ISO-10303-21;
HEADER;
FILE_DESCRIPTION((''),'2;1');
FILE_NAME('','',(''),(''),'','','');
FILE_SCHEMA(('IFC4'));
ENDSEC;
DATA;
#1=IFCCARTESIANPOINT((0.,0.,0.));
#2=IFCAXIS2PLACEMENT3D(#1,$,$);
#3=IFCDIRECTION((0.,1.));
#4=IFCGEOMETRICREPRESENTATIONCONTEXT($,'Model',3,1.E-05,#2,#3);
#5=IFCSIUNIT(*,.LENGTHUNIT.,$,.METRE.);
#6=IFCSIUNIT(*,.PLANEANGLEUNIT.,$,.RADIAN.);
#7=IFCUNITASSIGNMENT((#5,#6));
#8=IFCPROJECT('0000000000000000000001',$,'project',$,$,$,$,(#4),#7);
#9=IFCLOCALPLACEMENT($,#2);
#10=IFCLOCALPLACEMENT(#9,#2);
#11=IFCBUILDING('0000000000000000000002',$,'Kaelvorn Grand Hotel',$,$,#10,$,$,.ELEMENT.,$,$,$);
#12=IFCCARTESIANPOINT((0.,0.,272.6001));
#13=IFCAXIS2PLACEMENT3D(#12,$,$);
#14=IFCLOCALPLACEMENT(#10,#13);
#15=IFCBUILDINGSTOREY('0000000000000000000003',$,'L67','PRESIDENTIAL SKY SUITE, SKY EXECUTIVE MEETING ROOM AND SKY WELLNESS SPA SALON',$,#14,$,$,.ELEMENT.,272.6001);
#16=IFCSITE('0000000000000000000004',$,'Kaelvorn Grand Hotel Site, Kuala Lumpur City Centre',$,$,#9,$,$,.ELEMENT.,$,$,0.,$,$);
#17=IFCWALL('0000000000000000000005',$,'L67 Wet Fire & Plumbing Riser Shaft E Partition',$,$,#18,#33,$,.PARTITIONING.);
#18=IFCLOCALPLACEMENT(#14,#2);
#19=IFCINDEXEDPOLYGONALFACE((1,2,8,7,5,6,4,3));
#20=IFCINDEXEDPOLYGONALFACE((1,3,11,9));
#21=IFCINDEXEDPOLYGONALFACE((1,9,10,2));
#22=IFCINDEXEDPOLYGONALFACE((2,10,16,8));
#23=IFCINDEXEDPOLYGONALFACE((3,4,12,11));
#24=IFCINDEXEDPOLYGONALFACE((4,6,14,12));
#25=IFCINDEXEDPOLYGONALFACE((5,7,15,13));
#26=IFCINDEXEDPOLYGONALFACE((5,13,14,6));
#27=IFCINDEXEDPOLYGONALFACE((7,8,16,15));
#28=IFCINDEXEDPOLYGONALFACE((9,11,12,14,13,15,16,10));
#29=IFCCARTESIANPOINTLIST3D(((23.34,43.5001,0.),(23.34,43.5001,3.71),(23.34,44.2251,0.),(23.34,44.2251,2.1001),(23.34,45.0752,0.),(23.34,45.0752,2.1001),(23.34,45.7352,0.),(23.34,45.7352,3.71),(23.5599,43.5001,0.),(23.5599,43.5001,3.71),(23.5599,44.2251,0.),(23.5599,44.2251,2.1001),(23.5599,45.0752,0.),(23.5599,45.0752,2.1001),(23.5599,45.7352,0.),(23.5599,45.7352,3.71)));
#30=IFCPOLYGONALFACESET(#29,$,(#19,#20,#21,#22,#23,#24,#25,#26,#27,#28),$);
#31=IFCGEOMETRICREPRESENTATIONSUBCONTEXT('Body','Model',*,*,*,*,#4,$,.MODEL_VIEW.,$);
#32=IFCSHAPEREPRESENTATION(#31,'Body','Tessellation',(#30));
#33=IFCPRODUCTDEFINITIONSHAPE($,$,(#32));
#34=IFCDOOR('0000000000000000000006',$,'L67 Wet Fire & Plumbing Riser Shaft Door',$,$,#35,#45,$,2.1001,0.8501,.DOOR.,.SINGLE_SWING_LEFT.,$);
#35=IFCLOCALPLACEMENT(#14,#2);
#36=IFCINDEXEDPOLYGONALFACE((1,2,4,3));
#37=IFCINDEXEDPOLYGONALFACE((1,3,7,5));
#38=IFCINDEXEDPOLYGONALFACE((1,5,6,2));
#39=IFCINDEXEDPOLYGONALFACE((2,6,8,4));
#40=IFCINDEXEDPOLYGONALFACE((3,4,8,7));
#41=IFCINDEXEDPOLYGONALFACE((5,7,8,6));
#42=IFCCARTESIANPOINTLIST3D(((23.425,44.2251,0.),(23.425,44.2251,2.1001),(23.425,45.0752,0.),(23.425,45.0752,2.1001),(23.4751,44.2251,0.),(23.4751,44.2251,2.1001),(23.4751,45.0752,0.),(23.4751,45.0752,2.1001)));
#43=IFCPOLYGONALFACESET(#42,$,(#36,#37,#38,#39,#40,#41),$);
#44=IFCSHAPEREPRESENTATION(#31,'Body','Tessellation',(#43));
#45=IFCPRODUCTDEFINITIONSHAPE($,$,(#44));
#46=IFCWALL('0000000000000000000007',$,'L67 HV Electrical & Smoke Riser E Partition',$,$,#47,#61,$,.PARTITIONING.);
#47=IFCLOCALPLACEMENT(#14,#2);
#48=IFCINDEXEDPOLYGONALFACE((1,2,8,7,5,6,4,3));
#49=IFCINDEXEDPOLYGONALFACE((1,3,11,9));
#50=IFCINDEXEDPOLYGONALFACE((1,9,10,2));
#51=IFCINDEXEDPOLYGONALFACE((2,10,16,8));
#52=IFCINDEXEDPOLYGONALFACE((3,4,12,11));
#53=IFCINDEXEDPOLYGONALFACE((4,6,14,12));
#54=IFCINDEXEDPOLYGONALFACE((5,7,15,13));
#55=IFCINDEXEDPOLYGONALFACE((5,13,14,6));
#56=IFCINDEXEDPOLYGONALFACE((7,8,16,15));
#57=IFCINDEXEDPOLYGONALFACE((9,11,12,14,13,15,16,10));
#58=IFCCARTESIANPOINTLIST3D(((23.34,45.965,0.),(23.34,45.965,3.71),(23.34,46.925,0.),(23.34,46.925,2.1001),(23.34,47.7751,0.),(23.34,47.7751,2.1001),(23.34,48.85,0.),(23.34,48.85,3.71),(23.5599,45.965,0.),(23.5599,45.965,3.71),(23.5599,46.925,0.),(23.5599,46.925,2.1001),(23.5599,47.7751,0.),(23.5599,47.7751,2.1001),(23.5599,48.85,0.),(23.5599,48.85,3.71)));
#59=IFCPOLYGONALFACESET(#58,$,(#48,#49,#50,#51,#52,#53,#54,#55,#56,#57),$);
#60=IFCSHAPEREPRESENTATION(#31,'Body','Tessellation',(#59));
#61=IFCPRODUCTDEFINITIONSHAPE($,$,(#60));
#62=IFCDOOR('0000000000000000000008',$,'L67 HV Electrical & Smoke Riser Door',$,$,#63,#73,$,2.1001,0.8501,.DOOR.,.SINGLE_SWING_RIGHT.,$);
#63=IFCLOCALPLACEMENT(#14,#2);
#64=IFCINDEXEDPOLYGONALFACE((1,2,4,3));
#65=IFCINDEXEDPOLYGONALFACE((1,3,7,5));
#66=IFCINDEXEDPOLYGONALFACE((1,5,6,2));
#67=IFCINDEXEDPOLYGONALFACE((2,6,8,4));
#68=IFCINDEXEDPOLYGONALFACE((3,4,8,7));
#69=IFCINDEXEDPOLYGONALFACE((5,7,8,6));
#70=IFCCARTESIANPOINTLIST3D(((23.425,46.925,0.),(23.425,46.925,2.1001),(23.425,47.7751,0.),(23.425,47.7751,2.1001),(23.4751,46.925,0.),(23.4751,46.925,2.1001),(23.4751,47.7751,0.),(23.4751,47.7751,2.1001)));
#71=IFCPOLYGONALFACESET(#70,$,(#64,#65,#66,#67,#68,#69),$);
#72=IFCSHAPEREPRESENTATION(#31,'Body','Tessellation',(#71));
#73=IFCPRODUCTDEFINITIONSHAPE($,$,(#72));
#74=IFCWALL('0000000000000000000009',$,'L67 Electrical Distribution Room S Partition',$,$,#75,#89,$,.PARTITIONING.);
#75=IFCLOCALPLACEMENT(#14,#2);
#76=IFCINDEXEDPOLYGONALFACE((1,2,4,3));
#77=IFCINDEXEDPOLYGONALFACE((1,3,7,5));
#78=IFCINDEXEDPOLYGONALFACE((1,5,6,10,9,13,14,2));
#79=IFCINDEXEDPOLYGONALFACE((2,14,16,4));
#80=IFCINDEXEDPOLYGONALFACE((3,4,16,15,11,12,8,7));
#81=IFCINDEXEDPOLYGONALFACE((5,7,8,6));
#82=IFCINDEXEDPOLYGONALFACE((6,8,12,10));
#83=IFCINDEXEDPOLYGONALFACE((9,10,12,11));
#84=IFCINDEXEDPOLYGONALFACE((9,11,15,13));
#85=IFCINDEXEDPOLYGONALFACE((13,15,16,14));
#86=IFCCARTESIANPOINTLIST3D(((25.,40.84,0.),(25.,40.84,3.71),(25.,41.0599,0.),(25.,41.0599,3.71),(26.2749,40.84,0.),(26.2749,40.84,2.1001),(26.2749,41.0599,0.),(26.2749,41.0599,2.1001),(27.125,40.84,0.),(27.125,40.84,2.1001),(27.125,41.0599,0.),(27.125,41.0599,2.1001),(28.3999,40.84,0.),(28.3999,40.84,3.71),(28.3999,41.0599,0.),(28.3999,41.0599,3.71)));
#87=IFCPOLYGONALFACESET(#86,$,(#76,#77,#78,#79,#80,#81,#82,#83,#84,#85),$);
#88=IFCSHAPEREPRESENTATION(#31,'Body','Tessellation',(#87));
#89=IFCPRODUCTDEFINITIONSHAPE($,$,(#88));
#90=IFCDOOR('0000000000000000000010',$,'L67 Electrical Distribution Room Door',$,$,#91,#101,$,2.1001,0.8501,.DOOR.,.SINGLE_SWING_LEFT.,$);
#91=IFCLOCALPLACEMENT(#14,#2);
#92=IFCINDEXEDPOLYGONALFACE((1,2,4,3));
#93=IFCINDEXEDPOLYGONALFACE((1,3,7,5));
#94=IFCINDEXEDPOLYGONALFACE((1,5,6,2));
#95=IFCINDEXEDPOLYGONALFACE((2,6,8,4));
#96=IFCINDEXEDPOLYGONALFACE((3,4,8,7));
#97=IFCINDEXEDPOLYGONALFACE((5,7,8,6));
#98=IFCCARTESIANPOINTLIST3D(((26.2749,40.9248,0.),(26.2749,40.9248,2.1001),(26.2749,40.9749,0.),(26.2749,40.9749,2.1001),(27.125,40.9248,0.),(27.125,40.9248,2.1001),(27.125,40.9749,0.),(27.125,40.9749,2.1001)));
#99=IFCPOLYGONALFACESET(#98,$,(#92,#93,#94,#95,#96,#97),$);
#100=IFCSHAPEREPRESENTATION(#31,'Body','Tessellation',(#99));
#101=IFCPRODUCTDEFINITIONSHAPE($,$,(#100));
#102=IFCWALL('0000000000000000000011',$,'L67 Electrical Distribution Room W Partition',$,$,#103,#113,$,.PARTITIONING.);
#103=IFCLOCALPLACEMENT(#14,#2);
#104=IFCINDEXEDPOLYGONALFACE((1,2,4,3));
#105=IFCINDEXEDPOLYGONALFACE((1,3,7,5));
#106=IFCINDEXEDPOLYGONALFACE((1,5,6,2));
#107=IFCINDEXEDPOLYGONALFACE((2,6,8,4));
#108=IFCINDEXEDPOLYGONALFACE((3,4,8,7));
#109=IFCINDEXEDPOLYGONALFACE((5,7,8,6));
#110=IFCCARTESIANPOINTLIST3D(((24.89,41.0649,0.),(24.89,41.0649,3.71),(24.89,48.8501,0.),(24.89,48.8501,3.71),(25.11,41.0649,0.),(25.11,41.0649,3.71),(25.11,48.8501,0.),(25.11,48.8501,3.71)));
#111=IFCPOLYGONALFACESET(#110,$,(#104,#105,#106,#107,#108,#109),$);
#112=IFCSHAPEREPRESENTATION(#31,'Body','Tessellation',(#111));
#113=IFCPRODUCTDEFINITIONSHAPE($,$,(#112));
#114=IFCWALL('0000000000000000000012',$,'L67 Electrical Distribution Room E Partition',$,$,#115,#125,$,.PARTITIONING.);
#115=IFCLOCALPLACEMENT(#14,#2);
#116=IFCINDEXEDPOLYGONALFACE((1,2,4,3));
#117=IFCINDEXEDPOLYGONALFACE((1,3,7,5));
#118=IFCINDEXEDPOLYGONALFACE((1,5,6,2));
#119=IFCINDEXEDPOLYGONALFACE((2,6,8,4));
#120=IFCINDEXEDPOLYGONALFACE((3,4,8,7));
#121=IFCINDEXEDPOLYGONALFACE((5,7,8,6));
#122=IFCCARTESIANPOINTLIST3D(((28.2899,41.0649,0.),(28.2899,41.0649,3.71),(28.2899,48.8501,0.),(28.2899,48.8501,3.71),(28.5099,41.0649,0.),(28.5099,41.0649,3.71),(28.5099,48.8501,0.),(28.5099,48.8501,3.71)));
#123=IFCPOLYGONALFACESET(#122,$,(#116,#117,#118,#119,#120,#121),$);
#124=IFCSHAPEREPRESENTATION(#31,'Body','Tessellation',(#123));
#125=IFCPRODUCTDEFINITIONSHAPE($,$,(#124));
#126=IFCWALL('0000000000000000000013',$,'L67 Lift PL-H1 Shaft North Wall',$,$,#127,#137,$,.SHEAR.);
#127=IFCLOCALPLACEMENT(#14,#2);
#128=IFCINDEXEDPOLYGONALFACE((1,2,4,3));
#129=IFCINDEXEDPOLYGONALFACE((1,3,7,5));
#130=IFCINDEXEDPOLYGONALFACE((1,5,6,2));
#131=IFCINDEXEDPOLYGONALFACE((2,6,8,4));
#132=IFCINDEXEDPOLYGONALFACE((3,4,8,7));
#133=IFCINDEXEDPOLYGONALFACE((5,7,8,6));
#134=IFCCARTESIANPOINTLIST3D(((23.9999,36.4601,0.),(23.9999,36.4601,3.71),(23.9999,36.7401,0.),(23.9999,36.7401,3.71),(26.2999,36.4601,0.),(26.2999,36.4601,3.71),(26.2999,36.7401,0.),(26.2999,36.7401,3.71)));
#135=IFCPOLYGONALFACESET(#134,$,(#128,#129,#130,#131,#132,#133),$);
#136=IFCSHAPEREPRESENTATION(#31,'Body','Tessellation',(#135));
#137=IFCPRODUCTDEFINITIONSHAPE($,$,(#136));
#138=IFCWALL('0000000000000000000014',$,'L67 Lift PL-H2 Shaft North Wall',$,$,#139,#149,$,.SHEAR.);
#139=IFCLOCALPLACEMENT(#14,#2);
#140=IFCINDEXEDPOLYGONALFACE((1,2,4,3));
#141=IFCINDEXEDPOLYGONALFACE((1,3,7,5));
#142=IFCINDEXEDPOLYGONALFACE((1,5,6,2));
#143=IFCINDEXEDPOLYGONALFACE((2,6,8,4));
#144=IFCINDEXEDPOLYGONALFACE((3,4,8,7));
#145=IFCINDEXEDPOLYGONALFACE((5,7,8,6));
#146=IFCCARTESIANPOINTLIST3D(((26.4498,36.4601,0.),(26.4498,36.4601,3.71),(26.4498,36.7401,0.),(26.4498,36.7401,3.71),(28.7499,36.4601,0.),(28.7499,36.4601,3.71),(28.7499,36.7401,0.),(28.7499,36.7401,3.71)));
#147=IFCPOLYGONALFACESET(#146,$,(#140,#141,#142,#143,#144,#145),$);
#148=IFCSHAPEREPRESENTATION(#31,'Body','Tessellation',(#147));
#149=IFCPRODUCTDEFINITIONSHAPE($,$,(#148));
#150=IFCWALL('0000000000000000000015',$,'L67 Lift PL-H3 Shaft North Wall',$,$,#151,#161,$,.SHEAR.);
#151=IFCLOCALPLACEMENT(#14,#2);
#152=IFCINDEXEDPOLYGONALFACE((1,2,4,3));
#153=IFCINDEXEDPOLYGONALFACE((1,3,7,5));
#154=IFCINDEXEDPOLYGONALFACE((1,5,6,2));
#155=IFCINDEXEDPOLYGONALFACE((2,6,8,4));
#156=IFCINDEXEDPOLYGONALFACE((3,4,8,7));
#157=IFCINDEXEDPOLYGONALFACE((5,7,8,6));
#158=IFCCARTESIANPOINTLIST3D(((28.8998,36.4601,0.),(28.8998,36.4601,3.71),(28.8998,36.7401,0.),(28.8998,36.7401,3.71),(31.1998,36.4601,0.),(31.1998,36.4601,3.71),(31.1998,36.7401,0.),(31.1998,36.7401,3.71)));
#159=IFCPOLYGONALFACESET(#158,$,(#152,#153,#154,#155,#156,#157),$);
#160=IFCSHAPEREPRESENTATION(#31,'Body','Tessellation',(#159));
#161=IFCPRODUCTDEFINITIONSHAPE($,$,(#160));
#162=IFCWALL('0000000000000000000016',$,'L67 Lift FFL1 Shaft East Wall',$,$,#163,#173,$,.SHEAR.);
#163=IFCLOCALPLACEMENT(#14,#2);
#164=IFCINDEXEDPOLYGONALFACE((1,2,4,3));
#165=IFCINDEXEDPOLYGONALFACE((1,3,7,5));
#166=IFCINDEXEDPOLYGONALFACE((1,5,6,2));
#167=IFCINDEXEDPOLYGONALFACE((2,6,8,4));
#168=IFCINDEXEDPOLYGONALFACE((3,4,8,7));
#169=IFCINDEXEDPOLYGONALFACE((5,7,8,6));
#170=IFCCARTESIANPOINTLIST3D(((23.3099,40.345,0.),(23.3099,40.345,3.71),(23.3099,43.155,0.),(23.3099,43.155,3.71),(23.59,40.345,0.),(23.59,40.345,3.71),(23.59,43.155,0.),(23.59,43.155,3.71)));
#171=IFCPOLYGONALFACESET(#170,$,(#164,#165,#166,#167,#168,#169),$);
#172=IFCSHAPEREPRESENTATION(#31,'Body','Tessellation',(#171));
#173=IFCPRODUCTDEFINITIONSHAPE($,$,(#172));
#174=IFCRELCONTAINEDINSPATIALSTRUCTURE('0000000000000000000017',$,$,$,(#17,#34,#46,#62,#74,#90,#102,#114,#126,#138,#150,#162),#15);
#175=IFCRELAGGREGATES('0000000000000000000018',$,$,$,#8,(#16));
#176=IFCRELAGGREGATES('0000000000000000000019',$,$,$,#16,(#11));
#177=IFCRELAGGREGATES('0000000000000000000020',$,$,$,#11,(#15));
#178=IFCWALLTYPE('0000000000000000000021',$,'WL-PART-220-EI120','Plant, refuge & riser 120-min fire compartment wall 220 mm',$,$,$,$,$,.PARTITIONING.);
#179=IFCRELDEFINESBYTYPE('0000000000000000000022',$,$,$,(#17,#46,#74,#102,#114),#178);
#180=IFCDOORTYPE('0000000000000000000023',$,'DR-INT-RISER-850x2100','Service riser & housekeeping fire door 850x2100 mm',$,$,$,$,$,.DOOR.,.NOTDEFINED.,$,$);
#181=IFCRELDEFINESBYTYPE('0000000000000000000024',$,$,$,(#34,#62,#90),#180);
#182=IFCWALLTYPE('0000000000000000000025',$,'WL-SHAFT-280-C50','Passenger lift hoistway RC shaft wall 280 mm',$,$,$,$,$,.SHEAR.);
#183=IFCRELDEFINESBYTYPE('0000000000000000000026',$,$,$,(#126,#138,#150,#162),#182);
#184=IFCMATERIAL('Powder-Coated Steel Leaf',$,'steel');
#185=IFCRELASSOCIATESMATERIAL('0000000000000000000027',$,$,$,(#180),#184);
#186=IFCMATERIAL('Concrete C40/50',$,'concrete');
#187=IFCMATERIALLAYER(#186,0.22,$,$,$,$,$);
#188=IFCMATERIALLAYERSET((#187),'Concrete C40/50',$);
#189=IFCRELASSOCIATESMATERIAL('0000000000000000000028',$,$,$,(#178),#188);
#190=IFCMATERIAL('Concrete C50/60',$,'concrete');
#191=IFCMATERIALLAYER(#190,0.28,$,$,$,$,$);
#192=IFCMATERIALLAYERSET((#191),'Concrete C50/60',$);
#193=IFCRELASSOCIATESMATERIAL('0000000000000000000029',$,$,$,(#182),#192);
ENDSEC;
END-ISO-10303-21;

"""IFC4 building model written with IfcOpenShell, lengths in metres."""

from ifc_helpers import new_model, si_unit, direction, frame, frame_2d, origin, place, context, subcontext, project, spatial, rectangle, extrude, material, layer, layer_set, type_object, element, fill, save


model = new_model("IFC4")

# Units and contexts
model_context = context("Model", 3, precision=1e-05, world=origin(), true_north=direction((0.0, 1.0)))
body_context = subcontext(model_context, "Body", "Model", "MODEL_VIEW")
ifc_project = project(units=[si_unit("LENGTHUNIT", "METRE"), si_unit("PLANEANGLEUNIT", "RADIAN")], contexts=[model_context])

# Site, building, storey
site_placement = place(None, origin())
site = spatial("IfcSite", under=ifc_project, at=site_placement, Name="Kaelvorn Grand Hotel Site, Kuala Lumpur City Centre", CompositionType="ELEMENT", RefElevation=0.0)
building_placement = place(site_placement, origin())
building = spatial("IfcBuilding", under=site, at=building_placement, Name="Kaelvorn Grand Hotel", CompositionType="ELEMENT")
storey_placement = place(building_placement, frame((0.0, 0.0, 272.6001)))
storey = spatial("IfcBuildingStorey", under=building, at=storey_placement, Name="L67", Description="PRESIDENTIAL SKY SUITE, SKY EXECUTIVE MEETING ROOM AND SKY WELLNESS SPA SALON", CompositionType="ELEMENT", Elevation=272.6001)

# Shared definitions
ifc_material_1 = material(Name="Concrete C50/60", Category="concrete")

# Shared definitions
ifc_material_2 = material(Name="Powder-Coated Steel Leaf", Category="steel")
door_type_1 = type_object("IfcDoorType", Name="DR-INT-RISER-850x2100", Description="Service riser & housekeeping fire door 850x2100 mm", OperationType="NOTDEFINED", PredefinedType="DOOR", material=ifc_material_2)

# Walls, openings, doors
ifc_material_3 = material(Name="Concrete C40/50", Category="concrete")
ifc_layer_1 = layer(ifc_material_3, 0.22)
ifc_layer_set_1 = layer_set([ifc_layer_1], Name="Concrete C40/50")
wall_type_1 = type_object("IfcWallType", Name="WL-PART-220-EI120", Description="Plant, refuge & riser 120-min fire compartment wall 220 mm", PredefinedType="PARTITIONING", material=ifc_layer_set_1)
wall_1_placement = place(storey_placement, frame((23.45, 43.5, 0.0), z_axis=(0.0, 0.0, 1.0), x_axis=(0.0, 1.0, 0.0)))
wall_1 = element("IfcWall", 1, at=wall_1_placement, inside=storey, type_object=wall_type_1, Name="L67 Wet Fire & Plumbing Riser Shaft E Partition", PredefinedType="PARTITIONING", context=body_context, shape_type="SweptSolid", body=[
    extrude(rectangle(XDim=2.2351, YDim=0.22, at=frame_2d((1.1177, 0.0))), origin(), (0.0, 0.0, 1.0), 3.71),
])
opening_1_placement = place(wall_1_placement, frame((0.7251, 0.0, 0.0)))
opening_1 = element("IfcOpeningElement", 2, at=opening_1_placement, cuts=wall_1, PredefinedType="OPENING", context=body_context, shape_type="SweptSolid", body=[
    extrude(rectangle(XDim=0.8501, YDim=2.1001, at=frame_2d((0.425, 1.05))), frame((0.0, 0.1201, 0.0), z_axis=(0.0, -1.0, 0.0), x_axis=(1.0, 0.0, 0.0)), (0.0, 0.0, 1.0), 0.24),
])
door_1_placement = place(opening_1_placement, origin())
door_1 = element("IfcDoor", 3, at=door_1_placement, inside=storey, type_object=door_type_1, Name="L67 Wet Fire & Plumbing Riser Shaft Door", OperationType="SINGLE_SWING_LEFT", OverallHeight=2.1001, OverallWidth=0.8501, PredefinedType="DOOR", context=body_context, shape_type="SweptSolid", body=[
    extrude(rectangle(XDim=0.8501, YDim=2.1001, at=frame_2d((0.425, 1.05))), frame((0.0, 0.0249, 0.0), z_axis=(0.0, -1.0, 0.0), x_axis=(1.0, 0.0, 0.0)), (0.0, 0.0, 1.0), 0.05),
])
fill(opening_1, door_1)
wall_2_placement = place(storey_placement, frame((23.45, 45.9651, 0.0), z_axis=(0.0, 0.0, 1.0), x_axis=(0.0, 1.0, 0.0)))
wall_2 = element("IfcWall", 4, at=wall_2_placement, inside=storey, type_object=wall_type_1, Name="L67 HV Electrical & Smoke Riser E Partition", PredefinedType="PARTITIONING", context=body_context, shape_type="SweptSolid", body=[
    extrude(rectangle(XDim=2.885, YDim=0.22, at=frame_2d((1.4424, 0.0))), origin(), (0.0, 0.0, 1.0), 3.71),
])
opening_2_placement = place(wall_2_placement, frame((0.96, 0.0, 0.0)))
opening_2 = element("IfcOpeningElement", 5, at=opening_2_placement, cuts=wall_2, PredefinedType="OPENING", context=body_context, shape_type="SweptSolid", body=[
    extrude(rectangle(XDim=0.8501, YDim=2.1001, at=frame_2d((0.425, 1.05))), frame((0.0, 0.1201, 0.0), z_axis=(0.0, -1.0, 0.0), x_axis=(1.0, 0.0, 0.0)), (0.0, 0.0, 1.0), 0.24),
])
door_2_placement = place(opening_2_placement, origin())
door_2 = element("IfcDoor", 6, at=door_2_placement, inside=storey, type_object=door_type_1, Name="L67 HV Electrical & Smoke Riser Door", OperationType="SINGLE_SWING_RIGHT", OverallHeight=2.1001, OverallWidth=0.8501, PredefinedType="DOOR", context=body_context, shape_type="SweptSolid", body=[
    extrude(rectangle(XDim=0.8501, YDim=2.1001, at=frame_2d((0.425, 1.05))), frame((0.0, 0.0249, 0.0), z_axis=(0.0, -1.0, 0.0), x_axis=(1.0, 0.0, 0.0)), (0.0, 0.0, 1.0), 0.05),
])
fill(opening_2, door_2)
wall_3_placement = place(storey_placement, frame((25.0, 40.95, 0.0), z_axis=(0.0, 0.0, 1.0), x_axis=(1.0, 0.0, 0.0)))
wall_3 = element("IfcWall", 7, at=wall_3_placement, inside=storey, type_object=wall_type_1, Name="L67 Electrical Distribution Room S Partition", PredefinedType="PARTITIONING", context=body_context, shape_type="SweptSolid", body=[
    extrude(rectangle(XDim=3.3999, YDim=0.22, at=frame_2d((1.7, 0.0))), origin(), (0.0, 0.0, 1.0), 3.71),
])
opening_3_placement = place(wall_3_placement, frame((1.2749, 0.0, 0.0)))
opening_3 = element("IfcOpeningElement", 8, at=opening_3_placement, cuts=wall_3, PredefinedType="OPENING", context=body_context, shape_type="SweptSolid", body=[
    extrude(rectangle(XDim=0.8501, YDim=2.1001, at=frame_2d((0.425, 1.05))), frame((0.0, 0.1201, 0.0), z_axis=(0.0, -1.0, 0.0), x_axis=(1.0, 0.0, 0.0)), (0.0, 0.0, 1.0), 0.24),
])
door_3_placement = place(opening_3_placement, origin())
door_3 = element("IfcDoor", 9, at=door_3_placement, inside=storey, type_object=door_type_1, Name="L67 Electrical Distribution Room Door", OperationType="SINGLE_SWING_LEFT", OverallHeight=2.1001, OverallWidth=0.8501, PredefinedType="DOOR", context=body_context, shape_type="SweptSolid", body=[
    extrude(rectangle(XDim=0.8501, YDim=2.1001, at=frame_2d((0.425, 1.05))), frame((0.0, 0.0249, 0.0), z_axis=(0.0, -1.0, 0.0), x_axis=(1.0, 0.0, 0.0)), (0.0, 0.0, 1.0), 0.05),
])
fill(opening_3, door_3)

# Walls
for number, where, z_axis, x_axis, name in (
    (10, (25.0, 41.0649, 0.0), (0.0, 0.0, 1.0), (0.0, 1.0, 0.0), "L67 Electrical Distribution Room W Partition"),
    (11, (28.3999, 41.0649, 0.0), (0.0, 0.0, 1.0), (0.0, 1.0, 0.0), "L67 Electrical Distribution Room E Partition"),
):
    element("IfcWall", number, at=place(storey_placement, frame(where, z_axis=z_axis, x_axis=x_axis)), inside=storey, type_object=wall_type_1, Name=name, PredefinedType="PARTITIONING", context=body_context, shape_type="SweptSolid", body=[
        extrude(rectangle(XDim=7.7852, YDim=0.22, at=frame_2d((3.8926, 0.0))), origin(), (0.0, 0.0, 1.0), 3.71),
    ])
ifc_layer_2 = layer(ifc_material_1, 0.28)
ifc_layer_set_2 = layer_set([ifc_layer_2], Name="Concrete C50/60")
wall_type_2 = type_object("IfcWallType", Name="WL-SHAFT-280-C50", Description="Passenger lift hoistway RC shaft wall 280 mm", PredefinedType="SHEAR", material=ifc_layer_set_2)
for number, where, z_axis, x_axis, name in (
    (12, (24.0, 36.6001, 0.0), (0.0, 0.0, 1.0), (1.0, 0.0, 0.0), "L67 Lift PL-H1 Shaft North Wall"),
    (13, (26.45, 36.6001, 0.0), (0.0, 0.0, 1.0), (1.0, 0.0, 0.0), "L67 Lift PL-H2 Shaft North Wall"),
    (14, (28.8999, 36.6001, 0.0), (0.0, 0.0, 1.0), (1.0, 0.0, 0.0), "L67 Lift PL-H3 Shaft North Wall"),
):
    element("IfcWall", number, at=place(storey_placement, frame(where, z_axis=z_axis, x_axis=x_axis)), inside=storey, type_object=wall_type_2, Name=name, PredefinedType="SHEAR", context=body_context, shape_type="SweptSolid", body=[
        extrude(rectangle(XDim=2.3, YDim=0.28, at=frame_2d((1.1499, 0.0))), origin(), (0.0, 0.0, 1.0), 3.71),
    ])
wall_4_placement = place(storey_placement, frame((23.45, 40.345, 0.0), z_axis=(0.0, 0.0, 1.0), x_axis=(0.0, 1.0, 0.0)))
element("IfcWall", 15, at=wall_4_placement, inside=storey, type_object=wall_type_2, Name="L67 Lift FFL1 Shaft East Wall", PredefinedType="SHEAR", context=body_context, shape_type="SweptSolid", body=[
    extrude(rectangle(XDim=2.8101, YDim=0.28, at=frame_2d((1.405, 0.0))), origin(), (0.0, 0.0, 1.0), 3.71),
])

save(model, "model.ifc")
